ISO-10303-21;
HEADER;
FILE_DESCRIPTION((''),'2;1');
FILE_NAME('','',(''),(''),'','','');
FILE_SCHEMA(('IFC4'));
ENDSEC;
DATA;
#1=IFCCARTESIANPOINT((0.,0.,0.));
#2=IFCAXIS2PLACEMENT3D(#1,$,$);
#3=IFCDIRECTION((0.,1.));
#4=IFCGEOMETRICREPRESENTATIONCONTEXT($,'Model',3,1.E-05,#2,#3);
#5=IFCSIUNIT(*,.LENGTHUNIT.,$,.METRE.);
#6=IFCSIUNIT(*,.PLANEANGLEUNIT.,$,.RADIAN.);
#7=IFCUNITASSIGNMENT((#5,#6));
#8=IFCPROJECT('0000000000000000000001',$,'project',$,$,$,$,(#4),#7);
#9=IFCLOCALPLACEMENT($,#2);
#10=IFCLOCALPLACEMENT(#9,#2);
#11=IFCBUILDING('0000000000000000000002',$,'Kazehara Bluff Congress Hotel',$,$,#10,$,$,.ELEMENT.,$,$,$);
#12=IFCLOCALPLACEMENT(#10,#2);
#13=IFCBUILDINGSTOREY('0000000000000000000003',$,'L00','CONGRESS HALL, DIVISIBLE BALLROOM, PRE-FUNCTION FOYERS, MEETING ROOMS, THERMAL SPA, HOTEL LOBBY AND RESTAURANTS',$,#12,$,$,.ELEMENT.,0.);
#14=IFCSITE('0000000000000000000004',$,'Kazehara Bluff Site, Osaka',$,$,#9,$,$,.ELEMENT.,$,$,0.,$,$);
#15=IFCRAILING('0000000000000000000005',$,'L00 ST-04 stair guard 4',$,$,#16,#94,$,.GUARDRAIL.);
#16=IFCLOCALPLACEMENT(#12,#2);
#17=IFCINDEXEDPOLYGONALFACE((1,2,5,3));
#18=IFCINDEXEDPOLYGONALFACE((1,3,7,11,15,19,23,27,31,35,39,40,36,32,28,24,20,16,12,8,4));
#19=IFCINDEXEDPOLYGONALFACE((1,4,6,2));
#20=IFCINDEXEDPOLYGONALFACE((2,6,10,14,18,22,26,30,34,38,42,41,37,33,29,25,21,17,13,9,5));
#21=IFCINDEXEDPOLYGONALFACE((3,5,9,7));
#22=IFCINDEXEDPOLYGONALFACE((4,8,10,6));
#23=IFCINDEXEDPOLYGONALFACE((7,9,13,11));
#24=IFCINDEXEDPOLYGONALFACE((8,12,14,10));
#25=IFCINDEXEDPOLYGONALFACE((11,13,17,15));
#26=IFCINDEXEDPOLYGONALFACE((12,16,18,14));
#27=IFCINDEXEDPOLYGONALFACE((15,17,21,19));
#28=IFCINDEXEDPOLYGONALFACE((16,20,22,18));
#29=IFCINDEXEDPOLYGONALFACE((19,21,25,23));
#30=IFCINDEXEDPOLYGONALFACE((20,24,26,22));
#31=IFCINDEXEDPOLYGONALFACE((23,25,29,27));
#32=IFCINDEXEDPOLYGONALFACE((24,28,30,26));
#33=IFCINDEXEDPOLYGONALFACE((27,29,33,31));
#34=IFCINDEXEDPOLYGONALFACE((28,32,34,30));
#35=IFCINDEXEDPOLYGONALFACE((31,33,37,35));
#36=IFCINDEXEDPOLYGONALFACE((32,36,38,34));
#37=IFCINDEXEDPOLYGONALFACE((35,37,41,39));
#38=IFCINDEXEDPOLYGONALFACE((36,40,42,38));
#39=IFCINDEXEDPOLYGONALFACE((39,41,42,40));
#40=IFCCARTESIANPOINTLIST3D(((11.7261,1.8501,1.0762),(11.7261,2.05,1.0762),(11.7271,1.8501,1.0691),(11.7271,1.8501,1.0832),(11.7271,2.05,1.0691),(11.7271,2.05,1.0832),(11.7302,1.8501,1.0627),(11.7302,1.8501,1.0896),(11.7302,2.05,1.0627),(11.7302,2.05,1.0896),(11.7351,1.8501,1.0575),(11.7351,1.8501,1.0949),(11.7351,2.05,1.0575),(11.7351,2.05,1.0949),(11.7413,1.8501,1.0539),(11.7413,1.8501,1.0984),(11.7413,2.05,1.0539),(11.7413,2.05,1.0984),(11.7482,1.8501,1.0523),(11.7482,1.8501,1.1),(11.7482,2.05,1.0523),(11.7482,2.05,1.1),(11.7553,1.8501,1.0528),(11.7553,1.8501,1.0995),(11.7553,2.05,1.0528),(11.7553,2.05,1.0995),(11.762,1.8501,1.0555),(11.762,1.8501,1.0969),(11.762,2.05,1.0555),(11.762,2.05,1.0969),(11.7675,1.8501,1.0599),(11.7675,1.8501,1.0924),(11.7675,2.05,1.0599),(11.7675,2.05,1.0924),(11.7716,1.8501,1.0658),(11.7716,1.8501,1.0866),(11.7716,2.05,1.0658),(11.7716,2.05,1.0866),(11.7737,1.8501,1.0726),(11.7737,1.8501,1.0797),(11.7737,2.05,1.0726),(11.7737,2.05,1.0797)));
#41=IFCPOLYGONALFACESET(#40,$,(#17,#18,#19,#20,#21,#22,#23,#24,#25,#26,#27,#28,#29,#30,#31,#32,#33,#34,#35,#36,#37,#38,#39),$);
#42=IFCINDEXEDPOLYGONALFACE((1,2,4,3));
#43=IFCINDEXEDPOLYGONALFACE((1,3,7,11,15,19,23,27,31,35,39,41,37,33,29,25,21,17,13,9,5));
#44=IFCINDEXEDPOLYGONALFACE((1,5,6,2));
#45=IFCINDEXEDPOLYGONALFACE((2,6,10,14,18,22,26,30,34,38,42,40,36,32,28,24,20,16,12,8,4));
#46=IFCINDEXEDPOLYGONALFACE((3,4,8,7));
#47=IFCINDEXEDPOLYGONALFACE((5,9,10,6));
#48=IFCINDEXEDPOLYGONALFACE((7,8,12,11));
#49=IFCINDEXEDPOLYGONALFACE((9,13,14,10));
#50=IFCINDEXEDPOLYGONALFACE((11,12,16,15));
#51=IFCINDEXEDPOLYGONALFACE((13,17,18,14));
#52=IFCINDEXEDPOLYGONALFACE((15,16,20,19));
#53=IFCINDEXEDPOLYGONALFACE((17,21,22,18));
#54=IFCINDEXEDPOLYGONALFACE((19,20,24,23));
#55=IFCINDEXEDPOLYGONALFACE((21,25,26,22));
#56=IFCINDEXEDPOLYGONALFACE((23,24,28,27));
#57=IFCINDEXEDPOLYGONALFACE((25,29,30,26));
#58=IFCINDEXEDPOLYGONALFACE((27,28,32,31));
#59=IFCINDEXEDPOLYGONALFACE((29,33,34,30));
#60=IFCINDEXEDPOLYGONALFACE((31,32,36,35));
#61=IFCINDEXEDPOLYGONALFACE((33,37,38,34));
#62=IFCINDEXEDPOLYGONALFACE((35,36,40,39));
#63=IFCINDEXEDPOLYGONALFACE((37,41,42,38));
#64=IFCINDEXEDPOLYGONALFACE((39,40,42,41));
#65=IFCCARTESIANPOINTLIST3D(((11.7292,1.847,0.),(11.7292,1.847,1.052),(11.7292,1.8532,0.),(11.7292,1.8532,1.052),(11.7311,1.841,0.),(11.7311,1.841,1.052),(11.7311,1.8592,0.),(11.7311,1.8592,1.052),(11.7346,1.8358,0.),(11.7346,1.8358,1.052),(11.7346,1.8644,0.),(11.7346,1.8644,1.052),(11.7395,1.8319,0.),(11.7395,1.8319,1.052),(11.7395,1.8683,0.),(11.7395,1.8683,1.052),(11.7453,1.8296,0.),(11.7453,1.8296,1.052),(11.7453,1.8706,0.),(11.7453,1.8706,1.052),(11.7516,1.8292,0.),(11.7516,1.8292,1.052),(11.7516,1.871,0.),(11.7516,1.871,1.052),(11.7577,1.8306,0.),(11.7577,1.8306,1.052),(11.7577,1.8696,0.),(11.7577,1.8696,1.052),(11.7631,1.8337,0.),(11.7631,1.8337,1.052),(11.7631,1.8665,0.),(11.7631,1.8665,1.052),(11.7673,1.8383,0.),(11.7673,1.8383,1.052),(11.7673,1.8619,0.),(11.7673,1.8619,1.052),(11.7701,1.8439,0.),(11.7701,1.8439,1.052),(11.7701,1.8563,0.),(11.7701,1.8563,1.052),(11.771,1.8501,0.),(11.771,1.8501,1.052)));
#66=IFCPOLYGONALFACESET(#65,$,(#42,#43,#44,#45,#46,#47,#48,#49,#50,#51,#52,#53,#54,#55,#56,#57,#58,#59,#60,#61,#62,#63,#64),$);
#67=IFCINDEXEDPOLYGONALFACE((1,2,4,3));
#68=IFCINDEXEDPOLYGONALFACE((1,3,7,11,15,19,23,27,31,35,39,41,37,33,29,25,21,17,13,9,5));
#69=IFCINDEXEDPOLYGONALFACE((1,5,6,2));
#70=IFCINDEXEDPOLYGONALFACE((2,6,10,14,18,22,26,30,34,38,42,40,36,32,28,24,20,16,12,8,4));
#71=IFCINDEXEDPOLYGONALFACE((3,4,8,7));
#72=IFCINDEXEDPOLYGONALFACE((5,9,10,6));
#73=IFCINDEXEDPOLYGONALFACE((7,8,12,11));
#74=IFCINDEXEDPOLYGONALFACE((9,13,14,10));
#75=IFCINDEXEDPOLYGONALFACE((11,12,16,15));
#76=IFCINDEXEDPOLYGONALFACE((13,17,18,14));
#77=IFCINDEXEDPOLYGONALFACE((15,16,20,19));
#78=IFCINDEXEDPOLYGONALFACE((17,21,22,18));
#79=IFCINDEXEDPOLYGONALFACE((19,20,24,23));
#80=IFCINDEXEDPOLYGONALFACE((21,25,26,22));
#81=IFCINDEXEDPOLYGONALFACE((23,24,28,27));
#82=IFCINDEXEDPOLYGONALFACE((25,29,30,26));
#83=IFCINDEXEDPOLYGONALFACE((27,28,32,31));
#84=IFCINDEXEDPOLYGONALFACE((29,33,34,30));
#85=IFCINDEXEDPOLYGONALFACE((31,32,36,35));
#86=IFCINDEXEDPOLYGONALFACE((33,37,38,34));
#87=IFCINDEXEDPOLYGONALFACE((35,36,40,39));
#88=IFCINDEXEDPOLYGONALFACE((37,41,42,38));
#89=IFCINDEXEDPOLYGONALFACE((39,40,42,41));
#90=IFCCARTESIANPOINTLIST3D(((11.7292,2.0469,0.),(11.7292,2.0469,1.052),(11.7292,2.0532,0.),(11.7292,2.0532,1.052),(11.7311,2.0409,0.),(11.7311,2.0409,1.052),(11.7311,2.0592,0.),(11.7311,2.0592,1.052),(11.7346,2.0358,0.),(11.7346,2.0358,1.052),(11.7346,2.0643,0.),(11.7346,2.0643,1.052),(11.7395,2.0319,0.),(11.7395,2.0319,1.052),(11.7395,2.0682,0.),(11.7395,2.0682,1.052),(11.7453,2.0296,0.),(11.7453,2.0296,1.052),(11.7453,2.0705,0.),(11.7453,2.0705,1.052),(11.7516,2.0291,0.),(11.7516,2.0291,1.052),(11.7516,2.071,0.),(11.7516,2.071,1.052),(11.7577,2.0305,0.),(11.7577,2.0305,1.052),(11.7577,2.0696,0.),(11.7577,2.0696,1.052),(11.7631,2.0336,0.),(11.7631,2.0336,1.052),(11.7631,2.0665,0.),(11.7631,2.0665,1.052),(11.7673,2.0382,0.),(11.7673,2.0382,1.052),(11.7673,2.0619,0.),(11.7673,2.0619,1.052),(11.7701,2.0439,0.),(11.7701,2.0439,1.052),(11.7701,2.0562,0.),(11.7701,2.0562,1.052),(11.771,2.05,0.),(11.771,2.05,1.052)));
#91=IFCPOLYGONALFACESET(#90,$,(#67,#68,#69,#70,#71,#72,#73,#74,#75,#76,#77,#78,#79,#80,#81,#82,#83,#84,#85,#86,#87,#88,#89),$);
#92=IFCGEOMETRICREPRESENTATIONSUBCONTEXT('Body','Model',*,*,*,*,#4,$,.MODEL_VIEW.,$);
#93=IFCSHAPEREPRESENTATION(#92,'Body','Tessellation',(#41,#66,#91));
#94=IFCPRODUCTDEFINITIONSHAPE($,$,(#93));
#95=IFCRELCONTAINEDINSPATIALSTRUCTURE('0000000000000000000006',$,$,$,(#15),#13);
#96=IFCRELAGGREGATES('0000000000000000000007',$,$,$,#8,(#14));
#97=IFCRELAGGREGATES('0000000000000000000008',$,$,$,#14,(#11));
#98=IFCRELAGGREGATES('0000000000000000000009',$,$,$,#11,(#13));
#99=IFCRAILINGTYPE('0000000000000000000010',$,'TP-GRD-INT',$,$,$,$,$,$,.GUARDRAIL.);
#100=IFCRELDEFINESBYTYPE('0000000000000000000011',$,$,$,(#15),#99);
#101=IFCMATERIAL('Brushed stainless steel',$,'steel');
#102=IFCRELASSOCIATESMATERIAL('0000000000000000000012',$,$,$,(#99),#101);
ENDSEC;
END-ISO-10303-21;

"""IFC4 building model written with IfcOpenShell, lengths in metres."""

from ifc_helpers import new_model, si_unit, direction, frame, origin, origin_2d, place, context, subcontext, project, spatial, circle, extrude, material, type_object, element, save


model = new_model("IFC4")

# Units and contexts
model_context = context("Model", 3, precision=1e-05, world=origin(), true_north=direction((0.0, 1.0)))
body_context = subcontext(model_context, "Body", "Model", "MODEL_VIEW")
ifc_project = project(units=[si_unit("LENGTHUNIT", "METRE"), si_unit("PLANEANGLEUNIT", "RADIAN")], contexts=[model_context])

# Site, building, storey
site_placement = place(None, origin())
site = spatial("IfcSite", under=ifc_project, at=site_placement, Name="Kazehara Bluff Site, Osaka", CompositionType="ELEMENT", RefElevation=0.0)
building_placement = place(site_placement, origin())
building = spatial("IfcBuilding", under=site, at=building_placement, Name="Kazehara Bluff Congress Hotel", CompositionType="ELEMENT")
storey_placement = place(building_placement, origin())
storey = spatial("IfcBuildingStorey", under=building, at=storey_placement, Name="L00", Description="CONGRESS HALL, DIVISIBLE BALLROOM, PRE-FUNCTION FOYERS, MEETING ROOMS, THERMAL SPA, HOTEL LOBBY AND RESTAURANTS", CompositionType="ELEMENT", Elevation=0.0)

# Railing
ifc_material_1 = material(Name="Brushed stainless steel", Category="steel")
railing_type_1 = type_object("IfcRailingType", Name="TP-GRD-INT", PredefinedType="GUARDRAIL", material=ifc_material_1)
railing_1_placement = place(storey_placement, frame((11.75, 1.8501, 0.0)))
element("IfcRailing", 1, at=railing_1_placement, inside=storey, type_object=railing_type_1, Name="L00 ST-04 stair guard 4", PredefinedType="GUARDRAIL", context=body_context, shape_type="SweptSolid", body=[
    extrude(circle(Radius=0.0239, at=origin_2d()), frame((0.0, 0.0, 1.0762), z_axis=(0.0, 1.0, 0.0), x_axis=(-1.0, 0.0, 0.0)), (0.0, 0.0, 1.0), 0.2),
    extrude(circle(Radius=0.021, at=origin_2d()), origin(), (0.0, 0.0, 1.0), 1.052),
    extrude(circle(Radius=0.021, at=origin_2d()), frame((0.0, 0.2, 0.0)), (0.0, 0.0, 1.0), 1.052),
])

save(model, "model.ifc")
